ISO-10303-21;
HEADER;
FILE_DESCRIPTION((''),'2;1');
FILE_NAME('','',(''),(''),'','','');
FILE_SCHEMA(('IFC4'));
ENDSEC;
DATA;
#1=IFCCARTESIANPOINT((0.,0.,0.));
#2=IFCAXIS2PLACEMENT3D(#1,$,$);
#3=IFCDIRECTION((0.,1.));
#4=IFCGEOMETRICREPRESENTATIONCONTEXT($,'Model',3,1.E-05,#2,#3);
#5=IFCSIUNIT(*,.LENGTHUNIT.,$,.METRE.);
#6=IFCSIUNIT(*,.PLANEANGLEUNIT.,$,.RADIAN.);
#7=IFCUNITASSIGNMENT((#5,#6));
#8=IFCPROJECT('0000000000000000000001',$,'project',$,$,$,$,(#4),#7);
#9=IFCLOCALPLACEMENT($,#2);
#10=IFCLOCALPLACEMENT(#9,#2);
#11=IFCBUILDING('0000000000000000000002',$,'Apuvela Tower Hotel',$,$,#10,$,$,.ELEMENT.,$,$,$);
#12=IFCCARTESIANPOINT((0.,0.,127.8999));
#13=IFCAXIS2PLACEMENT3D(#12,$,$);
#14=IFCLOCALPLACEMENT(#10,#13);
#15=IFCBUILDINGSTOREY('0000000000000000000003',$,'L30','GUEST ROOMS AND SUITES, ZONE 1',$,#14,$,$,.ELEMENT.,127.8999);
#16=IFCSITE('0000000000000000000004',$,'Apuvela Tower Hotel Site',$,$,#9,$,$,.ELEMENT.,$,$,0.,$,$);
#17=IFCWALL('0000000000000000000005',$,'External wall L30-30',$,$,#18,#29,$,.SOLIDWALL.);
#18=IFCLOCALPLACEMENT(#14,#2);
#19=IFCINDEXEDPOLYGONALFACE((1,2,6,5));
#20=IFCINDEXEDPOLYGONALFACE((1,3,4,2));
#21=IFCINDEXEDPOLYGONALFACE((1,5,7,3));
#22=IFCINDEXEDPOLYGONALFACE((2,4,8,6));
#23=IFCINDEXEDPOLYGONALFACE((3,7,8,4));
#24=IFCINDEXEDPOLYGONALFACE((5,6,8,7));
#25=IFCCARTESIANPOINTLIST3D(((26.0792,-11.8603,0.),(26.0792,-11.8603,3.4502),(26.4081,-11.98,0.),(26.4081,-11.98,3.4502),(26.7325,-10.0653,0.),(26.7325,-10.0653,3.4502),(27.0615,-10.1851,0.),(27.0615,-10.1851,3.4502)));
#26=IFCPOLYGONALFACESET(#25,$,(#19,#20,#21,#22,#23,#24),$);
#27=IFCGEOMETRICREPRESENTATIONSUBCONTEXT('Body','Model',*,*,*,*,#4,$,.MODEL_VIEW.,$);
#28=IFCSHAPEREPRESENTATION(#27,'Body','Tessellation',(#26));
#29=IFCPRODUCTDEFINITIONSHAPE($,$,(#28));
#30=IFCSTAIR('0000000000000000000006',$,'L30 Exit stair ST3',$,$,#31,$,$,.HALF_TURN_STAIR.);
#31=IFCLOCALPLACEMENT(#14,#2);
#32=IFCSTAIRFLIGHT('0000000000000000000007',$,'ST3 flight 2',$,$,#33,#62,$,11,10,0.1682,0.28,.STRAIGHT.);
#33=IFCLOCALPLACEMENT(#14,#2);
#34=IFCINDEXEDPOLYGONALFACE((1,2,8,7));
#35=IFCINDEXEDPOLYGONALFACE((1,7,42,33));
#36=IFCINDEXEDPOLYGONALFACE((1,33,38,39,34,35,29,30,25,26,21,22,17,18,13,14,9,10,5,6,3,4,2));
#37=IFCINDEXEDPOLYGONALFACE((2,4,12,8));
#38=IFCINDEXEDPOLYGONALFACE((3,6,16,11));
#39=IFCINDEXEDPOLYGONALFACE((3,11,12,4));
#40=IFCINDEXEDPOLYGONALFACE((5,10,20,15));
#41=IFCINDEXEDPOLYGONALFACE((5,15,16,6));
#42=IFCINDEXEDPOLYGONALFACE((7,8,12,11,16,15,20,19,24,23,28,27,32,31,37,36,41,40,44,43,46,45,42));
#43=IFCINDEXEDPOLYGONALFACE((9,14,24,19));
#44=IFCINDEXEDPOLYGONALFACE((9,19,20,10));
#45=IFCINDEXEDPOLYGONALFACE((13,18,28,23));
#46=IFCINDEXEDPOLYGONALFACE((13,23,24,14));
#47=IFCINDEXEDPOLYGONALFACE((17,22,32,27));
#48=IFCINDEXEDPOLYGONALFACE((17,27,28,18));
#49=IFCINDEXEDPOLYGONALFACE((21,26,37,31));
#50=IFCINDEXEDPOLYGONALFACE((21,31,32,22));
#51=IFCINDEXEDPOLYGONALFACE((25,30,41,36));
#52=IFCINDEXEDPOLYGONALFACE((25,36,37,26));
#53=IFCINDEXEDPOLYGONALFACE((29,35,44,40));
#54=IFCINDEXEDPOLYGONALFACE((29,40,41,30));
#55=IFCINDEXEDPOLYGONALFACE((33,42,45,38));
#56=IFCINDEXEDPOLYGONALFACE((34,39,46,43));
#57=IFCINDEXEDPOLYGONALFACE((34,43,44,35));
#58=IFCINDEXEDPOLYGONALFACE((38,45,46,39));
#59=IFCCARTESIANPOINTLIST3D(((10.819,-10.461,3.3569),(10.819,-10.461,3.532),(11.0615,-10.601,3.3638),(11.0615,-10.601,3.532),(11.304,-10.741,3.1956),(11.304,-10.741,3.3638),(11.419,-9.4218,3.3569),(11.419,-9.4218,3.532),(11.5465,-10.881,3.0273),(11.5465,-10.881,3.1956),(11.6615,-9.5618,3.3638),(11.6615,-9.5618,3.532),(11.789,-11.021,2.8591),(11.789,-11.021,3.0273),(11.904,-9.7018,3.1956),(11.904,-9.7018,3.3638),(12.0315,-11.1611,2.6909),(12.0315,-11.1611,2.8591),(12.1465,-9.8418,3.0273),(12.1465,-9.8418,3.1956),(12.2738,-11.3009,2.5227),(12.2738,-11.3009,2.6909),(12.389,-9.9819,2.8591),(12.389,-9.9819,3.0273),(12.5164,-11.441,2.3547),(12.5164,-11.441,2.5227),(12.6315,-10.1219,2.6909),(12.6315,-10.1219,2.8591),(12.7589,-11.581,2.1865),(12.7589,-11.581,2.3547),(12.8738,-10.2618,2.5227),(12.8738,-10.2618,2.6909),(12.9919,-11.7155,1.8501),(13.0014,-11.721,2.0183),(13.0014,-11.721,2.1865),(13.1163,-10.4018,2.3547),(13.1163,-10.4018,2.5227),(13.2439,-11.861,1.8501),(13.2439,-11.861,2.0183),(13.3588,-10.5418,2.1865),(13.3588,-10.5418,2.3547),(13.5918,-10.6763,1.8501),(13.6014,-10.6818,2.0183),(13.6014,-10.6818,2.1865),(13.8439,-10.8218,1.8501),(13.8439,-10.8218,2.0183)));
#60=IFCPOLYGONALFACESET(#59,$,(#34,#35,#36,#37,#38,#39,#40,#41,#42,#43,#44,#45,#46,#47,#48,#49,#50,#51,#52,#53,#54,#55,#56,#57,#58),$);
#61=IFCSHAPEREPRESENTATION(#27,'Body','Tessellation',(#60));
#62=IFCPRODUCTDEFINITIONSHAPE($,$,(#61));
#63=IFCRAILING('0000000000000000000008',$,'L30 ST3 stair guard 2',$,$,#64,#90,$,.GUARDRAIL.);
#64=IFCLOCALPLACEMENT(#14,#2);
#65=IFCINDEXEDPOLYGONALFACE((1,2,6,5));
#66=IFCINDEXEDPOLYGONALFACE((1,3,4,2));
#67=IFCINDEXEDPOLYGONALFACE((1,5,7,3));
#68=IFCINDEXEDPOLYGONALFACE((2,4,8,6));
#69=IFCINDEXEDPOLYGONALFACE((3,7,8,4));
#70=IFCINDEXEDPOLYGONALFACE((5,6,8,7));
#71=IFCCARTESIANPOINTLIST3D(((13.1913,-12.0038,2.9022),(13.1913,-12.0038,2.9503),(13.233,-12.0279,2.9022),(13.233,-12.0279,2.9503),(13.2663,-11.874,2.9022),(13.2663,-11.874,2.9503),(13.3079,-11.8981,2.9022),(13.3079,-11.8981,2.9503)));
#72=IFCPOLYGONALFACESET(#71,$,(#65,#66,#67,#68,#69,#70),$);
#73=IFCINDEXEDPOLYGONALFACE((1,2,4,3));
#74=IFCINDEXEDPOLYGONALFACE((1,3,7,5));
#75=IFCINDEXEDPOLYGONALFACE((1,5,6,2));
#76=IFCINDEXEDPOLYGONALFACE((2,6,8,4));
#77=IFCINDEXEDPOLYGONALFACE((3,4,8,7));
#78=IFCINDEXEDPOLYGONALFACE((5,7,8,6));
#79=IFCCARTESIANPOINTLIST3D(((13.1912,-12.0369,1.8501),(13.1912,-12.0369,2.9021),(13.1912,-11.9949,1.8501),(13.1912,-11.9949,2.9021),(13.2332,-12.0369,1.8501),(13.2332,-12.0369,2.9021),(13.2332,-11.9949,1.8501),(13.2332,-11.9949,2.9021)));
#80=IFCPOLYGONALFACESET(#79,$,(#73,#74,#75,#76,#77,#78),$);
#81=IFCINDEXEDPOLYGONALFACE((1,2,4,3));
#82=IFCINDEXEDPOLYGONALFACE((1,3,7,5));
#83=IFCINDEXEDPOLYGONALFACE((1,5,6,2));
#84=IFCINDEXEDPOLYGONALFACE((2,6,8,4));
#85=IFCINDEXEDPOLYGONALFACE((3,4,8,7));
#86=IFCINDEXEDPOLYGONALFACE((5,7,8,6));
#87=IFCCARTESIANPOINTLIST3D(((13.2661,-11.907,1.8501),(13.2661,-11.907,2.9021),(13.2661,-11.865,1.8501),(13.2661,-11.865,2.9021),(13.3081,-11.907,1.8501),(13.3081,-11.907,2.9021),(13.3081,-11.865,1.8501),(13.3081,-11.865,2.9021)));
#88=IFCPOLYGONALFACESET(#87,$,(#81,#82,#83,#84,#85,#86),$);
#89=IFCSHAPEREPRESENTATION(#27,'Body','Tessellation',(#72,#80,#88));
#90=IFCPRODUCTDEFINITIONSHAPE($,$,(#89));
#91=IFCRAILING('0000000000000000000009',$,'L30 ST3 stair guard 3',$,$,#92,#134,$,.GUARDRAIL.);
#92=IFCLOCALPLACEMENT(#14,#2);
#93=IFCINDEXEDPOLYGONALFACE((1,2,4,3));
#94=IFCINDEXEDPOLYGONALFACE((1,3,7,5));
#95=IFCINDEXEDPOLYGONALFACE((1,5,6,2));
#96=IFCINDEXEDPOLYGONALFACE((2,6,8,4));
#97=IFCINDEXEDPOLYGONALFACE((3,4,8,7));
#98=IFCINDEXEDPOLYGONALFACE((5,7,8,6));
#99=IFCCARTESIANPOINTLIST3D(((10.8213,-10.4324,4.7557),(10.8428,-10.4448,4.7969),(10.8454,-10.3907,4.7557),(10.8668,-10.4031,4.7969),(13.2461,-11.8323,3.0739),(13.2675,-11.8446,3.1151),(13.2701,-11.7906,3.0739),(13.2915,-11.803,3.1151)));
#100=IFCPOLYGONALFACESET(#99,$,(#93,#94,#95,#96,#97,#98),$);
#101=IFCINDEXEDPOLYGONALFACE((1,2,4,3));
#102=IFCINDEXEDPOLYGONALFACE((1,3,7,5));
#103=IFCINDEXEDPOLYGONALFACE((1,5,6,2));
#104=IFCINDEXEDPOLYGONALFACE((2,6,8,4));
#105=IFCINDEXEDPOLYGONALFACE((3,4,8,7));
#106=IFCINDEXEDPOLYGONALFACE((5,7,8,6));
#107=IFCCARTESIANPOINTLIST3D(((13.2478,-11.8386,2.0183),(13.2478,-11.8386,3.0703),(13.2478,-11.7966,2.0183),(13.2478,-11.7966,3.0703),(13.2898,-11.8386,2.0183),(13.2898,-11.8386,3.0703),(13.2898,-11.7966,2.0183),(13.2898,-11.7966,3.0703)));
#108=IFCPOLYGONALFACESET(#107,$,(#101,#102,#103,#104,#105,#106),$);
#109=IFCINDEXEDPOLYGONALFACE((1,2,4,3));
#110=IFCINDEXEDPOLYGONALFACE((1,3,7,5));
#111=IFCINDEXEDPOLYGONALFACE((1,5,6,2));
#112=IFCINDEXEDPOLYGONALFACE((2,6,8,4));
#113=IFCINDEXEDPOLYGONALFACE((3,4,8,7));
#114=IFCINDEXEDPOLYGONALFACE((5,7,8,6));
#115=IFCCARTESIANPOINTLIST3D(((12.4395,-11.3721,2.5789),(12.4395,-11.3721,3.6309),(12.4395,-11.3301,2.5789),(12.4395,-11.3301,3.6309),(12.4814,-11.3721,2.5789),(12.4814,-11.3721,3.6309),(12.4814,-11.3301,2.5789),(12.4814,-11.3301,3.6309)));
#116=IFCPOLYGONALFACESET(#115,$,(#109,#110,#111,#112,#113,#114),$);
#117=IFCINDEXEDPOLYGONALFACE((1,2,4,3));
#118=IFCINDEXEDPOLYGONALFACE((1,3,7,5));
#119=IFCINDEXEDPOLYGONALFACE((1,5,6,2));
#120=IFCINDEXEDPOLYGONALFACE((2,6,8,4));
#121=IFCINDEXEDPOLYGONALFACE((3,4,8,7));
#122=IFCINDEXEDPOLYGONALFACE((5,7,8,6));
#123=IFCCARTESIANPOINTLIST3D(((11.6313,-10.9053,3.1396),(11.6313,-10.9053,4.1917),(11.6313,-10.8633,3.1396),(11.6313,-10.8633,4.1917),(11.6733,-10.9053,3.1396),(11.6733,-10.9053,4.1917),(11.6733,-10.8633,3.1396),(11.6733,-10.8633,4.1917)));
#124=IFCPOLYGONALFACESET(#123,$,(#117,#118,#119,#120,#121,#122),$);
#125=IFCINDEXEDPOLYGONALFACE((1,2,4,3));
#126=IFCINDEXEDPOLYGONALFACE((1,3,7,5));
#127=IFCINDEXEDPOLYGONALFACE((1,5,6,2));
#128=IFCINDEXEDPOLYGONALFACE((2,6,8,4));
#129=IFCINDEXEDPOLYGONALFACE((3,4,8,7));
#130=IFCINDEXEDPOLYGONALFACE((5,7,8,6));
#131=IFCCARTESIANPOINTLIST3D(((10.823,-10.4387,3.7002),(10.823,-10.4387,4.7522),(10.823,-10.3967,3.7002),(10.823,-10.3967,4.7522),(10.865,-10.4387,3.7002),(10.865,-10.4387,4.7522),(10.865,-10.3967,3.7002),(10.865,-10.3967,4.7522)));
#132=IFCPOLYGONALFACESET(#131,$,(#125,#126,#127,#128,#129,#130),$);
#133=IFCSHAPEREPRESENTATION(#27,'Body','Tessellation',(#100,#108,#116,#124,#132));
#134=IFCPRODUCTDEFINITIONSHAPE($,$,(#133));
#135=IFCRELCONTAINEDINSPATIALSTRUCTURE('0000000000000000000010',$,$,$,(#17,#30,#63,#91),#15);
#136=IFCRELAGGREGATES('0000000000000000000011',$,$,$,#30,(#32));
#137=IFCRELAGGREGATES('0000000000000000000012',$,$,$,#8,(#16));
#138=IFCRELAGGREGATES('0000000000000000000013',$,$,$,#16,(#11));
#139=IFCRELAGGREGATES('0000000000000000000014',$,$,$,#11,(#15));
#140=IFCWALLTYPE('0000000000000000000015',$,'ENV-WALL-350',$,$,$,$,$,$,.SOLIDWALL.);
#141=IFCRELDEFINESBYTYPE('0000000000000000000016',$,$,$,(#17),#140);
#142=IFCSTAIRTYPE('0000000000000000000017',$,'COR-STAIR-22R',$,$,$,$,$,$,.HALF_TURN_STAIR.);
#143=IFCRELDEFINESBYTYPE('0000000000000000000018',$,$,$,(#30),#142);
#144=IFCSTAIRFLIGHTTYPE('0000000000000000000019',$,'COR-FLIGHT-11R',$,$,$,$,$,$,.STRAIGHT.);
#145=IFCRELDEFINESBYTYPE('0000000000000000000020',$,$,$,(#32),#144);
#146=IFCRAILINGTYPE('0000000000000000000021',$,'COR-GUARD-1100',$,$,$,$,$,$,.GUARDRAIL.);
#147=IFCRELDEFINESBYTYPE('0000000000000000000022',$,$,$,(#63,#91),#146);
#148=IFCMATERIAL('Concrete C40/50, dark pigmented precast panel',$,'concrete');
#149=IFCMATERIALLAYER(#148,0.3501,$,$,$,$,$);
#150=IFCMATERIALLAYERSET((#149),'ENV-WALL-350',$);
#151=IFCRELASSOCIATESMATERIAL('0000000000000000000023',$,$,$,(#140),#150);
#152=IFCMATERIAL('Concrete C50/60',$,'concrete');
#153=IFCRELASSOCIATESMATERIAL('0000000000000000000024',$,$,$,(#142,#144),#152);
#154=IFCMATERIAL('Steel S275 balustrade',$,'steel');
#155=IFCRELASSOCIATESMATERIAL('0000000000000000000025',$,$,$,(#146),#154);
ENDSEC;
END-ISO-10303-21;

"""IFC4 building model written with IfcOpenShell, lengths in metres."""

from ifc_helpers import new_model, si_unit, direction, frame, frame_2d, origin, origin_2d, place, context, subcontext, project, spatial, polyline, rectangle, outline, extrude, material, layer, layer_set, type_object, element, aggregate, save


model = new_model("IFC4")

# Units and contexts
model_context = context("Model", 3, precision=1e-05, world=origin(), true_north=direction((0.0, 1.0)))
body_context = subcontext(model_context, "Body", "Model", "MODEL_VIEW")
ifc_project = project(units=[si_unit("LENGTHUNIT", "METRE"), si_unit("PLANEANGLEUNIT", "RADIAN")], contexts=[model_context])

# Site, building, storey
site_placement = place(None, origin())
site = spatial("IfcSite", under=ifc_project, at=site_placement, Name="Apuvela Tower Hotel Site", CompositionType="ELEMENT", RefElevation=0.0)
building_placement = place(site_placement, origin())
building = spatial("IfcBuilding", under=site, at=building_placement, Name="Apuvela Tower Hotel", CompositionType="ELEMENT")
storey_placement = place(building_placement, frame((0.0, 0.0, 127.8999)))
storey = spatial("IfcBuildingStorey", under=building, at=storey_placement, Name="L30", Description="GUEST ROOMS AND SUITES, ZONE 1", CompositionType="ELEMENT", Elevation=127.8999)

# Shared definitions
ifc_material_1 = material(Name="Concrete C50/60", Category="concrete")

# Shared definitions
ifc_material_2 = material(Name="Concrete C40/50, dark pigmented precast panel", Category="concrete")
ifc_layer_1 = layer(ifc_material_2, 0.3501)
ifc_layer_set_1 = layer_set([ifc_layer_1], Name="ENV-WALL-350")
wall_type_1 = type_object("IfcWallType", Name="ENV-WALL-350", PredefinedType="SOLIDWALL", material=ifc_layer_set_1)

# Wall
wall_1_placement = place(storey_placement, frame((26.2437, -11.9202, 0.0), z_axis=(0.0, 0.0, 1.0), x_axis=(0.34203, 0.939689, 0.0)))
element("IfcWall", 1, at=wall_1_placement, inside=storey, type_object=wall_type_1, Name="External wall L30-30", PredefinedType="SOLIDWALL", context=body_context, shape_type="SweptSolid", body=[
    extrude(rectangle(XDim=1.9102, YDim=0.3501, at=frame_2d((0.9551, 0.0))), origin(), (0.0, 0.0, 1.0), 3.4502),
])

# Stair, stair flight
stair_type = type_object("IfcStairType", Name="COR-STAIR-22R", PredefinedType="HALF_TURN_STAIR", material=ifc_material_1)
stair_placement = place(storey_placement, origin())
stair = element("IfcStair", 2, at=stair_placement, inside=storey, type_object=stair_type, Name="L30 Exit stair ST3", PredefinedType="HALF_TURN_STAIR")
stair_flight_type = type_object("IfcStairFlightType", Name="COR-FLIGHT-11R", PredefinedType="STRAIGHT", material=ifc_material_1)
stair_flight_placement = place(storey_placement, frame((13.5439, -11.3413, 1.8501), z_axis=(0.0, 0.0, 1.0), x_axis=(-0.866025, 0.5, 0.0)))
stair_flight = element("IfcStairFlight", 3, at=stair_flight_placement, type_object=stair_flight_type, Name="ST3 flight 2", NumberOfRisers=11, NumberOfTreads=10, PredefinedType="STRAIGHT", RiserHeight=0.1682, TreadLength=0.28, context=body_context, shape_type="SweptSolid", body=[
    extrude(outline(polyline([(0.0, 0.0), (0.0, 0.1682), (0.28, 0.1682), (0.28, 0.3364), (0.5601, 0.3364), (0.5601, 0.5046), (0.8401, 0.5046), (0.8401, 0.6726), (1.1201, 0.6726), (1.1201, 0.8408), (1.3999, 0.8408), (1.3999, 1.009), (1.6799, 1.009), (1.6799, 1.1772), (1.96, 1.1772), (1.96, 1.3455), (2.24, 1.3455), (2.24, 1.5137), (2.52, 1.5137), (2.52, 1.6819), (2.8, 1.6819), (2.8, 1.8501), (2.8, 1.5068), (0.291, 0.0), (0.0, 0.0)])), frame((0.0, 0.6001, 0.0), z_axis=(0.0, -1.0, 0.0), x_axis=(1.0, 0.0, 0.0)), (0.0, 0.0, 1.0), 1.2),
])
aggregate(stair, [stair_flight])

# Railings
ifc_material_3 = material(Name="Steel S275 balustrade", Category="steel")
railing_type = type_object("IfcRailingType", Name="COR-GUARD-1100", PredefinedType="GUARDRAIL", material=ifc_material_3)
railing_1_placement = place(storey_placement, frame((13.2122, -12.0159, 1.8501)))
element("IfcRailing", 4, at=railing_1_placement, inside=storey, type_object=railing_type, Name="L30 ST3 stair guard 2", PredefinedType="GUARDRAIL", context=body_context, shape_type="SweptSolid", body=[
    extrude(rectangle(XDim=0.0481, YDim=0.0481, at=origin_2d()), frame((0.0, 0.0, 1.0762), z_axis=(0.499816, 0.866131, 0.0), x_axis=(-0.866131, 0.499816, 0.0)), (0.0, 0.0, 1.0), 0.1499),
    extrude(rectangle(XDim=0.042, YDim=0.042, at=origin_2d()), origin(), (0.0, 0.0, 1.0), 1.052),
    extrude(rectangle(XDim=0.042, YDim=0.042, at=origin_2d()), frame((0.075, 0.1299, 0.0)), (0.0, 0.0, 1.0), 1.052),
])
railing_2_placement = place(storey_placement, frame((13.2688, -11.8176, 2.0183)))
element("IfcRailing", 5, at=railing_2_placement, inside=storey, type_object=railing_type, Name="L30 ST3 stair guard 3", PredefinedType="GUARDRAIL", context=body_context, shape_type="SweptSolid", body=[
    extrude(rectangle(XDim=0.0481, YDim=0.0481, at=origin_2d()), frame((0.0, 0.0, 1.0762), z_axis=(-0.74239, 0.428601, 0.514934), x_axis=(-0.499984, -0.866035, 0.0)), (0.0, 0.0, 1.0), 3.2661),
    extrude(rectangle(XDim=0.042, YDim=0.042, at=origin_2d()), origin(), (0.0, 0.0, 1.0), 1.052),
    extrude(rectangle(XDim=0.042, YDim=0.042, at=origin_2d()), frame((-0.8083, 0.4666, 0.5605)), (0.0, 0.0, 1.0), 1.052),
    extrude(rectangle(XDim=0.042, YDim=0.042, at=origin_2d()), frame((-1.6165, 0.9333, 1.1213)), (0.0, 0.0, 1.0), 1.052),
    extrude(rectangle(XDim=0.042, YDim=0.042, at=origin_2d()), frame((-2.4248, 1.3999, 1.6819)), (0.0, 0.0, 1.0), 1.052),
])

save(model, "model.ifc")
